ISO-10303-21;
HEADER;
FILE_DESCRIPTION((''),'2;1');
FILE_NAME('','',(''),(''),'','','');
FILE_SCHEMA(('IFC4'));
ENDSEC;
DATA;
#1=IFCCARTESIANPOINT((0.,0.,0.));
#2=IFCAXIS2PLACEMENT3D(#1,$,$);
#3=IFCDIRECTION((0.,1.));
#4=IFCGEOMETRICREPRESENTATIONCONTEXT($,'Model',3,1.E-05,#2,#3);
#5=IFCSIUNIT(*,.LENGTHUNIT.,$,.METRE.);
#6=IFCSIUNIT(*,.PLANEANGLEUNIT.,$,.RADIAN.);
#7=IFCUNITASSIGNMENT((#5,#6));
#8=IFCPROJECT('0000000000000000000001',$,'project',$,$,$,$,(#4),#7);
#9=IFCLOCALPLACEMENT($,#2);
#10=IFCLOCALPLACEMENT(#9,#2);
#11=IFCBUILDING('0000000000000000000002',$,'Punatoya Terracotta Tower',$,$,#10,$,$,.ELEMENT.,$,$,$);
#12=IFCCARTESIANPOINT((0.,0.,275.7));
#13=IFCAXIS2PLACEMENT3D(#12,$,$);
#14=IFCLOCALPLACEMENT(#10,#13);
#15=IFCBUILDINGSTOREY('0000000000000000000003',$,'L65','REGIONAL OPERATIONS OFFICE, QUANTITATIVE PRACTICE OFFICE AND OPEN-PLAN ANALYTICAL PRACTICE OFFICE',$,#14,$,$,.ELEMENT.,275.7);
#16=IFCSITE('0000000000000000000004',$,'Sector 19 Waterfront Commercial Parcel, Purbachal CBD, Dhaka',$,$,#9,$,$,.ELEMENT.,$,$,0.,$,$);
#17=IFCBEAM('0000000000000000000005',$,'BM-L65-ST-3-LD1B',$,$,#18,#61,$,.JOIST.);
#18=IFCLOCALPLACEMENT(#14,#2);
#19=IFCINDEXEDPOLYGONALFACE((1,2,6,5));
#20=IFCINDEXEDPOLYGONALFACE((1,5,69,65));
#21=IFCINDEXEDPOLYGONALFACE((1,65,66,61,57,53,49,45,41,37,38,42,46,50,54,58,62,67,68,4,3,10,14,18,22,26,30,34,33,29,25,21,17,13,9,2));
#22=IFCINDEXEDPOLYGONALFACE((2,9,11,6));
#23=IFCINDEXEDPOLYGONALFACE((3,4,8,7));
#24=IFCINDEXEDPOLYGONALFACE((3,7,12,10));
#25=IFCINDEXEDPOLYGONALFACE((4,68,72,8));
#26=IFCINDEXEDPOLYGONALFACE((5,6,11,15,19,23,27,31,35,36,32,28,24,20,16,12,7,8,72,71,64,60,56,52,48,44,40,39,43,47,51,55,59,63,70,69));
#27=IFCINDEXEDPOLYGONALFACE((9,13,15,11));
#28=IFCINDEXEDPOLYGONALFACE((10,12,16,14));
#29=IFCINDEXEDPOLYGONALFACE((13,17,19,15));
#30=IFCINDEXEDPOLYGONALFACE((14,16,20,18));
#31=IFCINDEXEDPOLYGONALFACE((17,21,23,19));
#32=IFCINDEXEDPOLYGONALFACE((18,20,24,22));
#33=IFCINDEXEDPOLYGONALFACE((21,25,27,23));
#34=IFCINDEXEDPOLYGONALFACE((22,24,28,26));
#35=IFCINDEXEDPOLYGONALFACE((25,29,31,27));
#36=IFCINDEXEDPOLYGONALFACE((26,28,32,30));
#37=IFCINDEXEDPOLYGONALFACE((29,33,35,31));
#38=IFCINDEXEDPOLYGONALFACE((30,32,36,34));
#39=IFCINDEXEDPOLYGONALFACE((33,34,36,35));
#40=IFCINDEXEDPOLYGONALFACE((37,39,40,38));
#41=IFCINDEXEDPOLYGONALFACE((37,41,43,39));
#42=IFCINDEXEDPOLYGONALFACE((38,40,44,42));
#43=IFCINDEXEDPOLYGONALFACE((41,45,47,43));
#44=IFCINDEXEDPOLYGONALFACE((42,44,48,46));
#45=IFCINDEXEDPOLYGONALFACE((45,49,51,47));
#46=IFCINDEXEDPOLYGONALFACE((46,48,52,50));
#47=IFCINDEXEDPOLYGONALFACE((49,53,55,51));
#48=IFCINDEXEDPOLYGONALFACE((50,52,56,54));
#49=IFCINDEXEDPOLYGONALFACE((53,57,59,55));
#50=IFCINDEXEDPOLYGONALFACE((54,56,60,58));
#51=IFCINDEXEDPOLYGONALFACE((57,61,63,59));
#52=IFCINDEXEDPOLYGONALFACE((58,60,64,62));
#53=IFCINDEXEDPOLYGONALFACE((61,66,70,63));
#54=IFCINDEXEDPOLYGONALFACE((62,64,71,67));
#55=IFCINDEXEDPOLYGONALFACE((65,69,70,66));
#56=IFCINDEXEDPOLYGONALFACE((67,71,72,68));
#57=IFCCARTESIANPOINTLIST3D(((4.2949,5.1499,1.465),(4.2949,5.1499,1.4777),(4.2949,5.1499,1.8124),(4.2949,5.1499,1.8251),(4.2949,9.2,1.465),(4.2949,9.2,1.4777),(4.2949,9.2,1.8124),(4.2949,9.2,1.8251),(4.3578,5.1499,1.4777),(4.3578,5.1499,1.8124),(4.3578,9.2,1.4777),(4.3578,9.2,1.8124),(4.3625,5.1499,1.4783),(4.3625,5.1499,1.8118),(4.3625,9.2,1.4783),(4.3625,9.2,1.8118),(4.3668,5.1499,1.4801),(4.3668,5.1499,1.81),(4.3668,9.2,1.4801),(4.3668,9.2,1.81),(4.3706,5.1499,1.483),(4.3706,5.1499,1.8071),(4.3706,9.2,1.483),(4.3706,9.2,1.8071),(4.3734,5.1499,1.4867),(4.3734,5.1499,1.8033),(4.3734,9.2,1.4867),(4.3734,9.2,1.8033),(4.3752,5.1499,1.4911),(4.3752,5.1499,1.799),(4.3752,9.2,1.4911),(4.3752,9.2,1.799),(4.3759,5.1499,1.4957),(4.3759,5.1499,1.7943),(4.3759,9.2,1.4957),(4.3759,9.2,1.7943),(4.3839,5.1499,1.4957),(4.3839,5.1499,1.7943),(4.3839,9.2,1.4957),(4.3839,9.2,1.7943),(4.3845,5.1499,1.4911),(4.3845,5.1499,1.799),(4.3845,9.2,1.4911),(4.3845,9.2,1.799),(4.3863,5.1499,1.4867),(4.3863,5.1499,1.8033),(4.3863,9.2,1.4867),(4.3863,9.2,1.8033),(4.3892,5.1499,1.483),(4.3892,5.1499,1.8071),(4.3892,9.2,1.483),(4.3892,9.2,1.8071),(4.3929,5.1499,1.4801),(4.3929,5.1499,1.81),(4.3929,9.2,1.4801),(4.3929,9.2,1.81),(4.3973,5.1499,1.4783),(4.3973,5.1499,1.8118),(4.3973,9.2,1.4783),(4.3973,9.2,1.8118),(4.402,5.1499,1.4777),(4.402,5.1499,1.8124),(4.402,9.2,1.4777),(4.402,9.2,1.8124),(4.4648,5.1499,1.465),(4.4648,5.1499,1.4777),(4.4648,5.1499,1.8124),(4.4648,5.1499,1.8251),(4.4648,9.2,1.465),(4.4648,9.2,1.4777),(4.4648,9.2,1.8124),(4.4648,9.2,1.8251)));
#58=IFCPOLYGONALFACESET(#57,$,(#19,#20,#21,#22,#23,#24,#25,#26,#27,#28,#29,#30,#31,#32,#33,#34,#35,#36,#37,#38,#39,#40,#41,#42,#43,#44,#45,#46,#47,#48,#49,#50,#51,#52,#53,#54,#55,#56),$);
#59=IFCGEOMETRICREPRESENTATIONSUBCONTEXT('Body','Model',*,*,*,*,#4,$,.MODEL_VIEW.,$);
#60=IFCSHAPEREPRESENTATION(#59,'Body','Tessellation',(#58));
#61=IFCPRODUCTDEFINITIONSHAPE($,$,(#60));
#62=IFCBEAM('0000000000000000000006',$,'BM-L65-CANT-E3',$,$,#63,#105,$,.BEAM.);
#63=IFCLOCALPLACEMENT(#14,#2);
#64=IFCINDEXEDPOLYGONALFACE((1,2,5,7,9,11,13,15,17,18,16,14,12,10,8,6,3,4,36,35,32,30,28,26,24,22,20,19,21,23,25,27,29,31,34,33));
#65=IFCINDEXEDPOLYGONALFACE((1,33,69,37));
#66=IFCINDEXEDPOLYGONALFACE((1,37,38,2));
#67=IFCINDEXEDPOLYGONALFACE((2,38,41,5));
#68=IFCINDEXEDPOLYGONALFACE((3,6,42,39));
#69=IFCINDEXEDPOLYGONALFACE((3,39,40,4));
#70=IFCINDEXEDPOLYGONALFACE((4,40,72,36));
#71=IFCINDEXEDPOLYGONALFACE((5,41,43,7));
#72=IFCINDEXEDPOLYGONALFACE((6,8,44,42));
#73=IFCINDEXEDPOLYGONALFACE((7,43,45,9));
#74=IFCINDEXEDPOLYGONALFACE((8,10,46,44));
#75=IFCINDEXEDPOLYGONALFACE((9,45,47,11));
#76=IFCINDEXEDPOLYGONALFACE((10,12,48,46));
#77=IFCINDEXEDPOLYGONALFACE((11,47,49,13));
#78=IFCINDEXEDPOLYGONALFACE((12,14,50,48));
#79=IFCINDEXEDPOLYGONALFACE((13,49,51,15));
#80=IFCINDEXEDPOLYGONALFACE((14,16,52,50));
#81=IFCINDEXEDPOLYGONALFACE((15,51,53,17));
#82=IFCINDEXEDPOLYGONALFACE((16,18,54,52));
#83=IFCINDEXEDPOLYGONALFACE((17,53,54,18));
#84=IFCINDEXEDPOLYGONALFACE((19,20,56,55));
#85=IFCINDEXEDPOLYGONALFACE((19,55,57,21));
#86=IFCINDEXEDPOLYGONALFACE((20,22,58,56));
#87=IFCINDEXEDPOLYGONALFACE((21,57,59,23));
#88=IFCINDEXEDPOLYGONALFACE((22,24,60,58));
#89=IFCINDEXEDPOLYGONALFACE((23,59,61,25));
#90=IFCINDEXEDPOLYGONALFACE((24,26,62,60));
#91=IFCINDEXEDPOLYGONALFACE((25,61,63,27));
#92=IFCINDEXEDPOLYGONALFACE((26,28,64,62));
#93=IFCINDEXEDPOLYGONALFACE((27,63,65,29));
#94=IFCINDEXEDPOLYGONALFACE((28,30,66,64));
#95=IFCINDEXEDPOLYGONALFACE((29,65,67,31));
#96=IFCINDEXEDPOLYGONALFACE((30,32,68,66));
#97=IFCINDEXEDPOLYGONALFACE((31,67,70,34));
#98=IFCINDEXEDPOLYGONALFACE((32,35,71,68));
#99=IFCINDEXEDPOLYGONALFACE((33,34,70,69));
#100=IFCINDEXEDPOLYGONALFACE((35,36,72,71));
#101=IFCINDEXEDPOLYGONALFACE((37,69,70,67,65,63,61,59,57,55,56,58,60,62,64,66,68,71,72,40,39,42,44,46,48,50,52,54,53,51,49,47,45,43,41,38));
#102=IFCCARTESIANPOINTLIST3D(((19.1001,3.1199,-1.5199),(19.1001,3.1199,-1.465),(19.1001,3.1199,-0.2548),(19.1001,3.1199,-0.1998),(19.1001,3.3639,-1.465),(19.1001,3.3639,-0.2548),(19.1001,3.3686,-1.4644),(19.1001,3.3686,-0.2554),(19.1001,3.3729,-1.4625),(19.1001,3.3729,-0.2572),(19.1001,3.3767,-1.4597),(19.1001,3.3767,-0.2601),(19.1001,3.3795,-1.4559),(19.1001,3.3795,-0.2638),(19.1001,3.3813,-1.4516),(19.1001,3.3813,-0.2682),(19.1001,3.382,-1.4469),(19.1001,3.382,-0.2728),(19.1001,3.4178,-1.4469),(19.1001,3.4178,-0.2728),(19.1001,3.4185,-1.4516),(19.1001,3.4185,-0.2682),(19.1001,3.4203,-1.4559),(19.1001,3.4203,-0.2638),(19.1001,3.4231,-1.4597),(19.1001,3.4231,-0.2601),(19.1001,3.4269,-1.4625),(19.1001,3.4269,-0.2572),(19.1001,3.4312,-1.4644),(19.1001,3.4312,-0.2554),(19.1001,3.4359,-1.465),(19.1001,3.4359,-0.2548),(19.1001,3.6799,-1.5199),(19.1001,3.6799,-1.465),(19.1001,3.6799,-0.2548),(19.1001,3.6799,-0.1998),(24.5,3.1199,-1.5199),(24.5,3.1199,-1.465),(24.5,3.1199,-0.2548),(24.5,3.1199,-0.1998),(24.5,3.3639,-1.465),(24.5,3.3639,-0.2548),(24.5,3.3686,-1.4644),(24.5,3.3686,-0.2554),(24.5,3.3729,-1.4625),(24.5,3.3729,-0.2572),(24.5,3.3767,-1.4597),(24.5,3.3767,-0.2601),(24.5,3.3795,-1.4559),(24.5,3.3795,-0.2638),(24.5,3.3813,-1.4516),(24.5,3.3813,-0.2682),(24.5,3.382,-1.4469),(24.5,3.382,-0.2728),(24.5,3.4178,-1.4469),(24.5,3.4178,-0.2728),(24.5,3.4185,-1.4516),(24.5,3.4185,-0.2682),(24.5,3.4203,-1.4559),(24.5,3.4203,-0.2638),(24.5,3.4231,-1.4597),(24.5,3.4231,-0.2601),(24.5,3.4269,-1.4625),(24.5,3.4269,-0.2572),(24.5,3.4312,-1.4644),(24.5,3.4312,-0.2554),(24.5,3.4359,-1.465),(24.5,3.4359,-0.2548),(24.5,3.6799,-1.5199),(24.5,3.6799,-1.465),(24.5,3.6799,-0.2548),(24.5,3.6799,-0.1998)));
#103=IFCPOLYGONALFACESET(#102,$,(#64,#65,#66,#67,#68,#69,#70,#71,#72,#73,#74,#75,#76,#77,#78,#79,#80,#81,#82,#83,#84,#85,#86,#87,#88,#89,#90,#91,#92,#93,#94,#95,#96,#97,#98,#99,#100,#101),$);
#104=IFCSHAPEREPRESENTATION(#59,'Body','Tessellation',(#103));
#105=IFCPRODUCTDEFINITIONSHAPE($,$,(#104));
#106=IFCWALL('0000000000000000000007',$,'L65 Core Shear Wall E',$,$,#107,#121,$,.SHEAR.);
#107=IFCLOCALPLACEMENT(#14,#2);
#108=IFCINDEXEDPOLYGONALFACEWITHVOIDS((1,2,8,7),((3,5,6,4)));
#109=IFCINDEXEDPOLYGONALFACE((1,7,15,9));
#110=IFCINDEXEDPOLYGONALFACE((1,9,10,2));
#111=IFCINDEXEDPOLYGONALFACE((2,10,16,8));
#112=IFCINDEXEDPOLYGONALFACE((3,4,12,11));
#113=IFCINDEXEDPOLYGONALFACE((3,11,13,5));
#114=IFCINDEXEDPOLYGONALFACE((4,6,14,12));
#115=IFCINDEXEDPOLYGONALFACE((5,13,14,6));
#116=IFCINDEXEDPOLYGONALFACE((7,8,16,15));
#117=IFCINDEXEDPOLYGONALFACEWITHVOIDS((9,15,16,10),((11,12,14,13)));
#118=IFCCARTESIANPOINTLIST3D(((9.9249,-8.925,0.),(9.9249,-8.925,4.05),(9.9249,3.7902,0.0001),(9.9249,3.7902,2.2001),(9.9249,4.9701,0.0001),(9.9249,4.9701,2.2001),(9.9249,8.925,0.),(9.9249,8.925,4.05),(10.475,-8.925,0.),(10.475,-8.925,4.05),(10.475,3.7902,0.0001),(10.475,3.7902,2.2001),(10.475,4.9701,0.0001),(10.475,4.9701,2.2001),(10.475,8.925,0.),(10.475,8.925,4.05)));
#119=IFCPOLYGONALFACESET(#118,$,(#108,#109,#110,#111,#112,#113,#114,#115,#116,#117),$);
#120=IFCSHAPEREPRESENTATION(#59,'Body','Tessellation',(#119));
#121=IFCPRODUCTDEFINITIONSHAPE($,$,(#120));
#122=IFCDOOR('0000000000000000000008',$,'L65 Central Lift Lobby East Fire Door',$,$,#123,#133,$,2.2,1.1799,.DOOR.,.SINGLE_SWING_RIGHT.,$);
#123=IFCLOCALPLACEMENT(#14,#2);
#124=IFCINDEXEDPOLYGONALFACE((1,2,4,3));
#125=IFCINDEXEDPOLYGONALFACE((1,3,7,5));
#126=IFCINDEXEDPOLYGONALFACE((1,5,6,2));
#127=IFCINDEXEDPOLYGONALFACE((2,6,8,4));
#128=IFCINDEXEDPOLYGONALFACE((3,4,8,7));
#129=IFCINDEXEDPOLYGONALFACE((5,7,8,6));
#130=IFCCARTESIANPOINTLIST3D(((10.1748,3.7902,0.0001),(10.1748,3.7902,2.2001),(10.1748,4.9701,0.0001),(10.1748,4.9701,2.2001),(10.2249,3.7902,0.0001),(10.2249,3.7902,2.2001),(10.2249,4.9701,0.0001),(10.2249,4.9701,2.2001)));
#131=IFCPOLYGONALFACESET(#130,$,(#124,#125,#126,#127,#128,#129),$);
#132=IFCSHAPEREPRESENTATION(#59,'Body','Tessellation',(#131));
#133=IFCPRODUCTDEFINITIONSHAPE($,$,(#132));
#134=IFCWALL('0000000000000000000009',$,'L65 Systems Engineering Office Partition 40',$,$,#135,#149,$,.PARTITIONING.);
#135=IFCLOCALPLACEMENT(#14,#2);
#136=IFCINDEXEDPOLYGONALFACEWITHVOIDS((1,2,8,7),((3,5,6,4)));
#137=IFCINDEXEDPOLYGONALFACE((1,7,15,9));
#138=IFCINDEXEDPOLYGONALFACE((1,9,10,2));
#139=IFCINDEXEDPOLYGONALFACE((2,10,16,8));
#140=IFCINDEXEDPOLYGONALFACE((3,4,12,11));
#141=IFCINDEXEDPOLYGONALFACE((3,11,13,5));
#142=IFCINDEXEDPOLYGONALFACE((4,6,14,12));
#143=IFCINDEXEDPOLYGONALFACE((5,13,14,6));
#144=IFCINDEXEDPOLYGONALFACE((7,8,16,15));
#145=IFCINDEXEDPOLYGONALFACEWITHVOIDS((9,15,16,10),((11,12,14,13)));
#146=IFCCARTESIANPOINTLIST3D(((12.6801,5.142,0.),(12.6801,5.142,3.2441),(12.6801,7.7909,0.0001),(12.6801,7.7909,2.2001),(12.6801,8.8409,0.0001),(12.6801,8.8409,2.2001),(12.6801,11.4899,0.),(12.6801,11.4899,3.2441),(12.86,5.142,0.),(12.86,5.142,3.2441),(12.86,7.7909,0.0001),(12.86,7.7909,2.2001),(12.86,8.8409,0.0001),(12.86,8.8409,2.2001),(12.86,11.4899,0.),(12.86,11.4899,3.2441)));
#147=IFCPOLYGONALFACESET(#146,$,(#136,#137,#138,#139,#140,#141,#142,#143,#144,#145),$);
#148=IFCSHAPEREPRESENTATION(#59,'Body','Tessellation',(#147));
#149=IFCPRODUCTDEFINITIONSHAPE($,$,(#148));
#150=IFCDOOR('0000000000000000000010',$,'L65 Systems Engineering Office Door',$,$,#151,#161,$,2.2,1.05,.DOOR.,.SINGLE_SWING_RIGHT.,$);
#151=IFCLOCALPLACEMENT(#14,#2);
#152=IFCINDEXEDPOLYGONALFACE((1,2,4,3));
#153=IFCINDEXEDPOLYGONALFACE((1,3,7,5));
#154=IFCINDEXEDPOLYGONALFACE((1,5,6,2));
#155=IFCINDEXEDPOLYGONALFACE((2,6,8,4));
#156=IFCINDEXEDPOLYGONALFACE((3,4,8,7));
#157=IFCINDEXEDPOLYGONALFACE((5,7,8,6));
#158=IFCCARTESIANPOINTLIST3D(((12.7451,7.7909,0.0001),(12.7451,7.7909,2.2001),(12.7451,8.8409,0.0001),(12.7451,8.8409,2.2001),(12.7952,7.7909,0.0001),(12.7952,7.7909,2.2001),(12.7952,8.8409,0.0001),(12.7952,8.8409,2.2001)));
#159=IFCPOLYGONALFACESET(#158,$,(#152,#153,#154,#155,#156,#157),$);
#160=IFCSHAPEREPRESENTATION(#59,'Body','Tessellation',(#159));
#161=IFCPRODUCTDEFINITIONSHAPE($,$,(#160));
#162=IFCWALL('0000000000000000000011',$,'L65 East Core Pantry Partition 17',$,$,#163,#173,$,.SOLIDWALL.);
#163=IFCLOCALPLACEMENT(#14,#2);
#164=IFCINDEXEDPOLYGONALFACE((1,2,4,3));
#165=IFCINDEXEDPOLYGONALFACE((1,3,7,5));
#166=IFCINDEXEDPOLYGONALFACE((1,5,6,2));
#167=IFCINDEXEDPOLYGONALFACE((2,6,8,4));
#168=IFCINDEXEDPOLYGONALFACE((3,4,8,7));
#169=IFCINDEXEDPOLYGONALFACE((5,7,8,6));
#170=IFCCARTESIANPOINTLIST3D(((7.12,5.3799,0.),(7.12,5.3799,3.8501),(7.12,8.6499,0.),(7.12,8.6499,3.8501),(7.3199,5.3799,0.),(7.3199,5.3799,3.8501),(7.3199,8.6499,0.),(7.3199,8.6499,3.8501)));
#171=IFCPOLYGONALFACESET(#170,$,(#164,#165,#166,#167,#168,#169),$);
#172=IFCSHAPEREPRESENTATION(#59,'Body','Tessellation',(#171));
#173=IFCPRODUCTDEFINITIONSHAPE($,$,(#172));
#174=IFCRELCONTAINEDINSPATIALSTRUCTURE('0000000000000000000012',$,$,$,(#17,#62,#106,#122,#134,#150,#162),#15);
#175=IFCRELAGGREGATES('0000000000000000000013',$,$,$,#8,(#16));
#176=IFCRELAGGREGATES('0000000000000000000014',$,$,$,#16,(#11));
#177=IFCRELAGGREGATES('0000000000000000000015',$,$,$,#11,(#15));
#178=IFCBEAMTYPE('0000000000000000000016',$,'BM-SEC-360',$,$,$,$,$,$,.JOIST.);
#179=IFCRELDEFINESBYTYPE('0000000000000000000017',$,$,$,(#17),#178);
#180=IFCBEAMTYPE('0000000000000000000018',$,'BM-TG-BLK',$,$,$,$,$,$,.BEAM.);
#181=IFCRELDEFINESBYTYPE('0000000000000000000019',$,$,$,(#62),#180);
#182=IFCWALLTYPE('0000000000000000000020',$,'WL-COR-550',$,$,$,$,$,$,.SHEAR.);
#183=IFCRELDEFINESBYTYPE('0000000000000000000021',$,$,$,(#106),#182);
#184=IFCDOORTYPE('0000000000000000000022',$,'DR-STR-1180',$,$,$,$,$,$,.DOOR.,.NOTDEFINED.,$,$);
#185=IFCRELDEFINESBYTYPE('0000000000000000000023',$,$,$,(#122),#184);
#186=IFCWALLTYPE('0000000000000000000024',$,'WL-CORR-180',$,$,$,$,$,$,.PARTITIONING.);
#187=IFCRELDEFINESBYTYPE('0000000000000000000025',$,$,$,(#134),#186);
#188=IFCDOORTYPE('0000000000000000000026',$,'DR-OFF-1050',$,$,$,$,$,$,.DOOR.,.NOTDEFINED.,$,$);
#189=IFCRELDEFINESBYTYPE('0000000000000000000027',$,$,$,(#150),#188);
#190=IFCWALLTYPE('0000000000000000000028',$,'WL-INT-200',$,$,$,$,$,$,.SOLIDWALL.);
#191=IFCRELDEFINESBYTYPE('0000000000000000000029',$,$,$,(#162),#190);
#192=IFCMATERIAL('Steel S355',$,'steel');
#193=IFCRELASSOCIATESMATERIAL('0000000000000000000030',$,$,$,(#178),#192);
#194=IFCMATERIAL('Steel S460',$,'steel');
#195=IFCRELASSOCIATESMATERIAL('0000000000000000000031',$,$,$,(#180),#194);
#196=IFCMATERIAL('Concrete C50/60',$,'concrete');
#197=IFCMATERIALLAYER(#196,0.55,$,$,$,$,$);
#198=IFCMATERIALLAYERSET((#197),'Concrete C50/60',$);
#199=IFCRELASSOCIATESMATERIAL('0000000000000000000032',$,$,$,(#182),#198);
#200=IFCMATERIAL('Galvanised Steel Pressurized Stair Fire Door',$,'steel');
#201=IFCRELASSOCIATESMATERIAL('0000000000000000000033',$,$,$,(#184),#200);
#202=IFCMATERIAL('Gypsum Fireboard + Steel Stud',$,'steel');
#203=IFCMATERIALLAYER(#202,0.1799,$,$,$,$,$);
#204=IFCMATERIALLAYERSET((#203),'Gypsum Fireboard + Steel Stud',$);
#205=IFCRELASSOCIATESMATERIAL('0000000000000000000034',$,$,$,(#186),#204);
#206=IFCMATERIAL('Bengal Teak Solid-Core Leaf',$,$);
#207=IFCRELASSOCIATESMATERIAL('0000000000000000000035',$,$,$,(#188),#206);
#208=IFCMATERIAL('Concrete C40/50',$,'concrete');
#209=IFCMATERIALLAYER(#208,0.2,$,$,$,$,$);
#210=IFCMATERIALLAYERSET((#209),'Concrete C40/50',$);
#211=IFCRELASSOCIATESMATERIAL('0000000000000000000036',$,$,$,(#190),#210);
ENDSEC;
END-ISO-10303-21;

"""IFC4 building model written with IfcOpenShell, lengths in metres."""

from ifc_helpers import new_model, si_unit, direction, frame, frame_2d, origin, origin_2d, place, context, subcontext, project, spatial, rectangle, i_section, extrude, material, layer, layer_set, material_profile, profile_set, type_object, element, fill, save


model = new_model("IFC4")

# Units and contexts
model_context = context("Model", 3, precision=1e-05, world=origin(), true_north=direction((0.0, 1.0)))
body_context = subcontext(model_context, "Body", "Model", "MODEL_VIEW")
ifc_project = project(units=[si_unit("LENGTHUNIT", "METRE"), si_unit("PLANEANGLEUNIT", "RADIAN")], contexts=[model_context])

# Site, building, storey
site_placement = place(None, origin())
site = spatial("IfcSite", under=ifc_project, at=site_placement, Name="Sector 19 Waterfront Commercial Parcel, Purbachal CBD, Dhaka", CompositionType="ELEMENT", RefElevation=0.0)
building_placement = place(site_placement, origin())
building = spatial("IfcBuilding", under=site, at=building_placement, Name="Punatoya Terracotta Tower", CompositionType="ELEMENT")
storey_placement = place(building_placement, frame((0.0, 0.0, 275.7)))
storey = spatial("IfcBuildingStorey", under=building, at=storey_placement, Name="L65", Description="REGIONAL OPERATIONS OFFICE, QUANTITATIVE PRACTICE OFFICE AND OPEN-PLAN ANALYTICAL PRACTICE OFFICE", CompositionType="ELEMENT", Elevation=275.7)

# Shared definitions
ifc_material_1 = material(Name="Steel S460", Category="steel")

# Beams
ifc_material_2 = material(Name="Steel S355", Category="steel")
ifc_material_profile_1 = material_profile(ifc_material_2, i_section(OverallWidth=0.1699, OverallDepth=0.3601, WebThickness=0.0081, FlangeThickness=0.0127, FilletRadius=0.0181, at=origin_2d()))
ifc_profile_set_1 = profile_set([ifc_material_profile_1], Name="Steel S355")
beam_type_1 = type_object("IfcBeamType", Name="BM-SEC-360", PredefinedType="JOIST", material=ifc_profile_set_1)
for number, where, z_axis, x_axis, name in (
    (1, (4.3799, 5.1499, 1.645), (0.0, 1.0, 0.0), (-1.0, 0.0, 0.0), "BM-L65-ST-3-LD1B"),
):
    element("IfcBeam", number, at=place(storey_placement, frame(where, z_axis=z_axis, x_axis=x_axis)), inside=storey, type_object=beam_type_1, Name=name, PredefinedType="JOIST", context=body_context, shape_type="SweptSolid", body=[
        extrude(i_section(OverallWidth=0.1699, OverallDepth=0.3601, WebThickness=0.0081, FlangeThickness=0.0127, FilletRadius=0.0181, at=origin_2d()), origin(), (0.0, 0.0, 1.0), 4.05),
    ])
ifc_material_profile_2 = material_profile(ifc_material_1, i_section(OverallWidth=0.5601, OverallDepth=1.3201, WebThickness=0.0359, FlangeThickness=0.0549, FilletRadius=0.0181, at=origin_2d()))
ifc_profile_set_2 = profile_set([ifc_material_profile_2], Name="Steel S460")
beam_type_2 = type_object("IfcBeamType", Name="BM-TG-BLK", PredefinedType="BEAM", material=ifc_profile_set_2)
beam_1_placement = place(storey_placement, frame((19.1001, 3.3999, -0.8599), z_axis=(1.0, 0.0, 0.0), x_axis=(0.0, 1.0, 0.0)))
element("IfcBeam", 2, at=beam_1_placement, inside=storey, type_object=beam_type_2, Name="BM-L65-CANT-E3", PredefinedType="BEAM", context=body_context, shape_type="SweptSolid", body=[
    extrude(i_section(OverallWidth=0.5601, OverallDepth=1.3201, WebThickness=0.0359, FlangeThickness=0.0549, FilletRadius=0.0181, at=origin_2d()), origin(), (0.0, 0.0, 1.0), 5.3999),
])

# Walls, openings, doors
ifc_material_3 = material(Name="Concrete C50/60", Category="concrete")
ifc_layer_1 = layer(ifc_material_3, 0.55)
ifc_layer_set_1 = layer_set([ifc_layer_1], Name="Concrete C50/60")
wall_type_1 = type_object("IfcWallType", Name="WL-COR-550", PredefinedType="SHEAR", material=ifc_layer_set_1)
wall_1_placement = place(storey_placement, frame((10.2, 8.925, 0.0), z_axis=(0.0, 0.0, 1.0), x_axis=(0.0, -1.0, 0.0)))
wall_1 = element("IfcWall", 3, at=wall_1_placement, inside=storey, type_object=wall_type_1, Name="L65 Core Shear Wall E", PredefinedType="SHEAR", context=body_context, shape_type="SweptSolid", body=[
    extrude(rectangle(XDim=17.8501, YDim=0.55, at=frame_2d((8.925, 0.0))), origin(), (0.0, 0.0, 1.0), 4.05),
])
opening_1_placement = place(wall_1_placement, frame((3.9551, 0.0, 0.0)))
opening_1 = element("IfcOpeningElement", 4, at=opening_1_placement, cuts=wall_1, PredefinedType="OPENING", context=body_context, shape_type="SweptSolid", body=[
    extrude(rectangle(XDim=1.1799, YDim=2.2, at=frame_2d((0.5898, 1.1001))), frame((0.0, 0.2849, 0.0), z_axis=(0.0, -1.0, 0.0), x_axis=(1.0, 0.0, 0.0)), (0.0, 0.0, 1.0), 0.5701),
])
ifc_material_4 = material(Name="Galvanised Steel Pressurized Stair Fire Door", Category="steel")
door_type_1 = type_object("IfcDoorType", Name="DR-STR-1180", OperationType="NOTDEFINED", PredefinedType="DOOR", material=ifc_material_4)
door_1_placement = place(opening_1_placement, origin())
door_1 = element("IfcDoor", 5, at=door_1_placement, inside=storey, type_object=door_type_1, Name="L65 Central Lift Lobby East Fire Door", OperationType="SINGLE_SWING_RIGHT", OverallHeight=2.2, OverallWidth=1.1799, PredefinedType="DOOR", context=body_context, shape_type="SweptSolid", body=[
    extrude(rectangle(XDim=1.1799, YDim=2.2, at=frame_2d((0.5898, 1.1001))), frame((0.0, 0.0249, 0.0), z_axis=(0.0, -1.0, 0.0), x_axis=(1.0, 0.0, 0.0)), (0.0, 0.0, 1.0), 0.05),
])
fill(opening_1, door_1)
ifc_material_5 = material(Name="Gypsum Fireboard + Steel Stud", Category="steel")
ifc_layer_2 = layer(ifc_material_5, 0.1799)
ifc_layer_set_2 = layer_set([ifc_layer_2], Name="Gypsum Fireboard + Steel Stud")
wall_type_2 = type_object("IfcWallType", Name="WL-CORR-180", PredefinedType="PARTITIONING", material=ifc_layer_set_2)
wall_2_placement = place(storey_placement, frame((12.77, 5.1421, 0.0), z_axis=(0.0, 0.0, 1.0), x_axis=(0.0, 1.0, 0.0)))
wall_2 = element("IfcWall", 6, at=wall_2_placement, inside=storey, type_object=wall_type_2, Name="L65 Systems Engineering Office Partition 40", PredefinedType="PARTITIONING", context=body_context, shape_type="SweptSolid", body=[
    extrude(rectangle(XDim=6.3479, YDim=0.1799, at=frame_2d((3.1738, 0.0))), origin(), (0.0, 0.0, 1.0), 3.2441),
])
opening_2_placement = place(wall_2_placement, frame((2.6489, 0.0, 0.0)))
opening_2 = element("IfcOpeningElement", 7, at=opening_2_placement, cuts=wall_2, PredefinedType="OPENING", context=body_context, shape_type="SweptSolid", body=[
    extrude(rectangle(XDim=1.05, YDim=2.2, at=frame_2d((0.5249, 1.1001))), frame((0.0, 0.0999, 0.0), z_axis=(0.0, -1.0, 0.0), x_axis=(1.0, 0.0, 0.0)), (0.0, 0.0, 1.0), 0.2),
])
ifc_material_6 = material(Name="Bengal Teak Solid-Core Leaf")
door_type_2 = type_object("IfcDoorType", Name="DR-OFF-1050", OperationType="NOTDEFINED", PredefinedType="DOOR", material=ifc_material_6)
door_2_placement = place(opening_2_placement, origin())
door_2 = element("IfcDoor", 8, at=door_2_placement, inside=storey, type_object=door_type_2, Name="L65 Systems Engineering Office Door", OperationType="SINGLE_SWING_RIGHT", OverallHeight=2.2, OverallWidth=1.05, PredefinedType="DOOR", context=body_context, shape_type="SweptSolid", body=[
    extrude(rectangle(XDim=1.05, YDim=2.2, at=frame_2d((0.5249, 1.1001))), frame((0.0, 0.0249, 0.0), z_axis=(0.0, -1.0, 0.0), x_axis=(1.0, 0.0, 0.0)), (0.0, 0.0, 1.0), 0.05),
])
fill(opening_2, door_2)

# Wall
ifc_material_7 = material(Name="Concrete C40/50", Category="concrete")
ifc_layer_3 = layer(ifc_material_7, 0.2)
ifc_layer_set_3 = layer_set([ifc_layer_3], Name="Concrete C40/50")
wall_type_3 = type_object("IfcWallType", Name="WL-INT-200", PredefinedType="SOLIDWALL", material=ifc_layer_set_3)
wall_3_placement = place(storey_placement, frame((7.22, 5.3799, 0.0), z_axis=(0.0, 0.0, 1.0), x_axis=(0.0, 1.0, 0.0)))
element("IfcWall", 9, at=wall_3_placement, inside=storey, type_object=wall_type_3, Name="L65 East Core Pantry Partition 17", PredefinedType="SOLIDWALL", context=body_context, shape_type="SweptSolid", body=[
    extrude(rectangle(XDim=3.27, YDim=0.2, at=frame_2d((1.635, 0.0))), origin(), (0.0, 0.0, 1.0), 3.8501),
])

save(model, "model.ifc")
